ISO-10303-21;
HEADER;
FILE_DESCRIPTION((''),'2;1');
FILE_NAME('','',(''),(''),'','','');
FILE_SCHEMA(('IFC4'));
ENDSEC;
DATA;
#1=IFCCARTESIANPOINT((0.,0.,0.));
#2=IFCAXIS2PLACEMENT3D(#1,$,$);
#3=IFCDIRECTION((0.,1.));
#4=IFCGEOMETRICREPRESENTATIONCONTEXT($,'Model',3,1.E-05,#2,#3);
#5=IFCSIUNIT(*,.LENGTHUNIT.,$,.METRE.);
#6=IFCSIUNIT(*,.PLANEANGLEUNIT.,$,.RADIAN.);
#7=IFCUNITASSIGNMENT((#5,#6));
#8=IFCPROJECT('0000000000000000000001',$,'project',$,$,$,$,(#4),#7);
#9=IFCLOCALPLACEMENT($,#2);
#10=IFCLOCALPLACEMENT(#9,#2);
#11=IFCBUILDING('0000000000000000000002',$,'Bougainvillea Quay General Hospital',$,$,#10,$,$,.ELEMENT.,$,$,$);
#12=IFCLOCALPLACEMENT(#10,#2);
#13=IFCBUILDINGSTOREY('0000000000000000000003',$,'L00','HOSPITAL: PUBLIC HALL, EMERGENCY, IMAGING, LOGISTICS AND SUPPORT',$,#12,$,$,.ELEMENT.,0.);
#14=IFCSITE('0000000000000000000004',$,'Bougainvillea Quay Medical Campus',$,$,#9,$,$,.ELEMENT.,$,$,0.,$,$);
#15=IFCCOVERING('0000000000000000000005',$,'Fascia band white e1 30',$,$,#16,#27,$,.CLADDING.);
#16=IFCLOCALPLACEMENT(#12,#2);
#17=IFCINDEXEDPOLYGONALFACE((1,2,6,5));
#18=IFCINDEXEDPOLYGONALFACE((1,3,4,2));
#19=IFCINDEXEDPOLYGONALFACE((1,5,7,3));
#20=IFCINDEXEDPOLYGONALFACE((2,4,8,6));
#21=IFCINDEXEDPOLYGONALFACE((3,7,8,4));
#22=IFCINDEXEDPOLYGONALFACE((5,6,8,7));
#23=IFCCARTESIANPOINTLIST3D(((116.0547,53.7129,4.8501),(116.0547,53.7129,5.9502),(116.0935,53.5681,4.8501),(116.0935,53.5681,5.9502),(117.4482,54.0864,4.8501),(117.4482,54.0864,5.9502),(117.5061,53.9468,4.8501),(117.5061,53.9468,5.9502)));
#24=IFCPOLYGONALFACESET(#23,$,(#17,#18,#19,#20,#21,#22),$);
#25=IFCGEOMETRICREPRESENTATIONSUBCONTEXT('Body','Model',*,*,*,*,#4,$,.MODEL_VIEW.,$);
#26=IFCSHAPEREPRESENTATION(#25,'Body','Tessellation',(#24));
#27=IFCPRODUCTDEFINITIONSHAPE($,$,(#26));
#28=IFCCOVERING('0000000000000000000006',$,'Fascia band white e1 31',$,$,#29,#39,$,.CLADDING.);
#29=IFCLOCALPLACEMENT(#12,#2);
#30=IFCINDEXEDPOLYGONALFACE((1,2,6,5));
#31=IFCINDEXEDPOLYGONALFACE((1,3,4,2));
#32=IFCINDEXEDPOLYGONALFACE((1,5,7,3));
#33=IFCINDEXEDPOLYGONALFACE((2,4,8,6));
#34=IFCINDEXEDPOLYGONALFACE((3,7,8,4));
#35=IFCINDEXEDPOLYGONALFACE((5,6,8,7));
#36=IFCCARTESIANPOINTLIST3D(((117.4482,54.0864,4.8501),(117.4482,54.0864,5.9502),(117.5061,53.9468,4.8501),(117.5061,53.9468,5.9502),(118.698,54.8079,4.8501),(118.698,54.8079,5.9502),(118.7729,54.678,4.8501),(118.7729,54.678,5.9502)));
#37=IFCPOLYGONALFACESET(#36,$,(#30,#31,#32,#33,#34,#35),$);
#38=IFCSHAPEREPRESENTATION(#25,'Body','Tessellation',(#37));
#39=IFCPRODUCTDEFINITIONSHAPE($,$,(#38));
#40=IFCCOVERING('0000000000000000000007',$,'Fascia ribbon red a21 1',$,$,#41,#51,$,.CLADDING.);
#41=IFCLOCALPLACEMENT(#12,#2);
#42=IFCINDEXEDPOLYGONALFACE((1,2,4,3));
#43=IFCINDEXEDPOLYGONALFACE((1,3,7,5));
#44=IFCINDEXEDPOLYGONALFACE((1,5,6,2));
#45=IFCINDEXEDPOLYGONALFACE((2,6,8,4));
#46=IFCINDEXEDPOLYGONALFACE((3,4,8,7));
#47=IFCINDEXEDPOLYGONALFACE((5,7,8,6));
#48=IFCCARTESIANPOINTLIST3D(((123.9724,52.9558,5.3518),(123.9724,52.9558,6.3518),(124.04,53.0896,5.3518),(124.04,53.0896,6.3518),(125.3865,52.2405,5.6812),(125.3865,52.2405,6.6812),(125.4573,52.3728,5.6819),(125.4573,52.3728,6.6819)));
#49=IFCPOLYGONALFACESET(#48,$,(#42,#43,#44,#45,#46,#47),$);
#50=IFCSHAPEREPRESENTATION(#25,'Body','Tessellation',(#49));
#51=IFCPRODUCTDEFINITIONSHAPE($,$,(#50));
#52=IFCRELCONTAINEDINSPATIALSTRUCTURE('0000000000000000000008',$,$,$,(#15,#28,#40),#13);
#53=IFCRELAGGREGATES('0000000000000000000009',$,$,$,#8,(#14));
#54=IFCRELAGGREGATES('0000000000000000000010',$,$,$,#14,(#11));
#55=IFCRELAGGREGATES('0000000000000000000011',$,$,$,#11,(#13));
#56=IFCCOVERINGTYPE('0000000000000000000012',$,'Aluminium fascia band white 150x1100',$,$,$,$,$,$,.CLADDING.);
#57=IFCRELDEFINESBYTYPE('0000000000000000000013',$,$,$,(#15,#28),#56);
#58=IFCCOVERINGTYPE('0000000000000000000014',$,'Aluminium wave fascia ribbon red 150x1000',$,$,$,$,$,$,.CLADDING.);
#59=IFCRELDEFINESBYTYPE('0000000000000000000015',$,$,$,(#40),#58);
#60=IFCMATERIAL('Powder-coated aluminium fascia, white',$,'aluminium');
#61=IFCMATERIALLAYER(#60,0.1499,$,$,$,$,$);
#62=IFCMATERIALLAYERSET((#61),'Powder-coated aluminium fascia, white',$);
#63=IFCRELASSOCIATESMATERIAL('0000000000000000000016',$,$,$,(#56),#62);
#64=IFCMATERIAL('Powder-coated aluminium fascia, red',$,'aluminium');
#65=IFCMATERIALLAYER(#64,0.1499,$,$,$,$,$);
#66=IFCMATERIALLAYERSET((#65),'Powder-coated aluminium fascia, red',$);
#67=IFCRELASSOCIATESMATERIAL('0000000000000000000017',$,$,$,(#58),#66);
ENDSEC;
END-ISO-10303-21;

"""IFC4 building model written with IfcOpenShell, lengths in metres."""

from ifc_helpers import new_model, si_unit, direction, frame, origin, place, context, subcontext, project, spatial, polyline, outline, extrude, material, layer, layer_set, type_object, element, save


model = new_model("IFC4")

# Units and contexts
model_context = context("Model", 3, precision=1e-05, world=origin(), true_north=direction((0.0, 1.0)))
body_context = subcontext(model_context, "Body", "Model", "MODEL_VIEW")
ifc_project = project(units=[si_unit("LENGTHUNIT", "METRE"), si_unit("PLANEANGLEUNIT", "RADIAN")], contexts=[model_context])

# Site, building, storey
site_placement = place(None, origin())
site = spatial("IfcSite", under=ifc_project, at=site_placement, Name="Bougainvillea Quay Medical Campus", CompositionType="ELEMENT", RefElevation=0.0)
building_placement = place(site_placement, origin())
building = spatial("IfcBuilding", under=site, at=building_placement, Name="Bougainvillea Quay General Hospital", CompositionType="ELEMENT")
storey_placement = place(building_placement, origin())
storey = spatial("IfcBuildingStorey", under=building, at=storey_placement, Name="L00", Description="HOSPITAL: PUBLIC HALL, EMERGENCY, IMAGING, LOGISTICS AND SUPPORT", CompositionType="ELEMENT", Elevation=0.0)

# Coverings
ifc_material_1 = material(Name="Powder-coated aluminium fascia, white", Category="aluminium")
ifc_layer_1 = layer(ifc_material_1, 0.1499)
ifc_layer_set_1 = layer_set([ifc_layer_1], Name="Powder-coated aluminium fascia, white")
covering_type_1 = type_object("IfcCoveringType", Name="Aluminium fascia band white 150x1100", PredefinedType="CLADDING", material=ifc_layer_set_1)
covering_1_placement = place(storey_placement, frame((116.0547, 53.7129, 4.8501), z_axis=(0.0, 0.0, 1.0), x_axis=(0.965903, 0.258905, 0.0)))
element("IfcCovering", 1, at=covering_1_placement, inside=storey, type_object=covering_type_1, Name="Fascia band white e1 30", PredefinedType="CLADDING", context=body_context, shape_type="SweptSolid", body=[
    extrude(outline(polyline([(0.0, 0.0), (1.4427, 0.0), (1.4625, -0.1499), (0.0, -0.1499), (0.0, 0.0)])), origin(), (0.0, 0.0, 1.0), 1.1001),
])
covering_2_placement = place(storey_placement, frame((117.4482, 54.0864, 4.8501), z_axis=(0.0, 0.0, 1.0), x_axis=(0.866059, 0.499942, 0.0)))
element("IfcCovering", 2, at=covering_2_placement, inside=storey, type_object=covering_type_1, Name="Fascia band white e1 31", PredefinedType="CLADDING", context=body_context, shape_type="SweptSolid", body=[
    extrude(outline(polyline([(0.0, 0.0), (1.443, 0.0), (1.443, -0.15), (-0.0197, -0.1499), (0.0, 0.0)])), origin(), (0.0, 0.0, 1.0), 1.1001),
])
ifc_material_2 = material(Name="Powder-coated aluminium fascia, red", Category="aluminium")
ifc_layer_2 = layer(ifc_material_2, 0.1499)
ifc_layer_set_2 = layer_set([ifc_layer_2], Name="Powder-coated aluminium fascia, red")
covering_type_2 = type_object("IfcCoveringType", Name="Aluminium wave fascia ribbon red 150x1000", PredefinedType="CLADDING", material=ifc_layer_set_2)
covering_3_placement = place(storey_placement, frame((123.9724, 52.9558, 5.3518), z_axis=(-0.18161, 0.091776, 0.979079), x_axis=(0.873654, -0.441955, 0.203482)))
element("IfcCovering", 3, at=covering_3_placement, inside=storey, type_object=covering_type_2, Name="Fascia ribbon red a21 1", PredefinedType="CLADDING", context=body_context, shape_type="SweptSolid", body=[
    extrude(outline(polyline([(0.0, 0.0), (1.6186, 0.0), (1.6221, 0.15), (0.0, 0.1499), (0.0, 0.0)])), origin(), (0.203482, 0.000083, 0.979079), 1.0),
])

save(model, "model.ifc")
